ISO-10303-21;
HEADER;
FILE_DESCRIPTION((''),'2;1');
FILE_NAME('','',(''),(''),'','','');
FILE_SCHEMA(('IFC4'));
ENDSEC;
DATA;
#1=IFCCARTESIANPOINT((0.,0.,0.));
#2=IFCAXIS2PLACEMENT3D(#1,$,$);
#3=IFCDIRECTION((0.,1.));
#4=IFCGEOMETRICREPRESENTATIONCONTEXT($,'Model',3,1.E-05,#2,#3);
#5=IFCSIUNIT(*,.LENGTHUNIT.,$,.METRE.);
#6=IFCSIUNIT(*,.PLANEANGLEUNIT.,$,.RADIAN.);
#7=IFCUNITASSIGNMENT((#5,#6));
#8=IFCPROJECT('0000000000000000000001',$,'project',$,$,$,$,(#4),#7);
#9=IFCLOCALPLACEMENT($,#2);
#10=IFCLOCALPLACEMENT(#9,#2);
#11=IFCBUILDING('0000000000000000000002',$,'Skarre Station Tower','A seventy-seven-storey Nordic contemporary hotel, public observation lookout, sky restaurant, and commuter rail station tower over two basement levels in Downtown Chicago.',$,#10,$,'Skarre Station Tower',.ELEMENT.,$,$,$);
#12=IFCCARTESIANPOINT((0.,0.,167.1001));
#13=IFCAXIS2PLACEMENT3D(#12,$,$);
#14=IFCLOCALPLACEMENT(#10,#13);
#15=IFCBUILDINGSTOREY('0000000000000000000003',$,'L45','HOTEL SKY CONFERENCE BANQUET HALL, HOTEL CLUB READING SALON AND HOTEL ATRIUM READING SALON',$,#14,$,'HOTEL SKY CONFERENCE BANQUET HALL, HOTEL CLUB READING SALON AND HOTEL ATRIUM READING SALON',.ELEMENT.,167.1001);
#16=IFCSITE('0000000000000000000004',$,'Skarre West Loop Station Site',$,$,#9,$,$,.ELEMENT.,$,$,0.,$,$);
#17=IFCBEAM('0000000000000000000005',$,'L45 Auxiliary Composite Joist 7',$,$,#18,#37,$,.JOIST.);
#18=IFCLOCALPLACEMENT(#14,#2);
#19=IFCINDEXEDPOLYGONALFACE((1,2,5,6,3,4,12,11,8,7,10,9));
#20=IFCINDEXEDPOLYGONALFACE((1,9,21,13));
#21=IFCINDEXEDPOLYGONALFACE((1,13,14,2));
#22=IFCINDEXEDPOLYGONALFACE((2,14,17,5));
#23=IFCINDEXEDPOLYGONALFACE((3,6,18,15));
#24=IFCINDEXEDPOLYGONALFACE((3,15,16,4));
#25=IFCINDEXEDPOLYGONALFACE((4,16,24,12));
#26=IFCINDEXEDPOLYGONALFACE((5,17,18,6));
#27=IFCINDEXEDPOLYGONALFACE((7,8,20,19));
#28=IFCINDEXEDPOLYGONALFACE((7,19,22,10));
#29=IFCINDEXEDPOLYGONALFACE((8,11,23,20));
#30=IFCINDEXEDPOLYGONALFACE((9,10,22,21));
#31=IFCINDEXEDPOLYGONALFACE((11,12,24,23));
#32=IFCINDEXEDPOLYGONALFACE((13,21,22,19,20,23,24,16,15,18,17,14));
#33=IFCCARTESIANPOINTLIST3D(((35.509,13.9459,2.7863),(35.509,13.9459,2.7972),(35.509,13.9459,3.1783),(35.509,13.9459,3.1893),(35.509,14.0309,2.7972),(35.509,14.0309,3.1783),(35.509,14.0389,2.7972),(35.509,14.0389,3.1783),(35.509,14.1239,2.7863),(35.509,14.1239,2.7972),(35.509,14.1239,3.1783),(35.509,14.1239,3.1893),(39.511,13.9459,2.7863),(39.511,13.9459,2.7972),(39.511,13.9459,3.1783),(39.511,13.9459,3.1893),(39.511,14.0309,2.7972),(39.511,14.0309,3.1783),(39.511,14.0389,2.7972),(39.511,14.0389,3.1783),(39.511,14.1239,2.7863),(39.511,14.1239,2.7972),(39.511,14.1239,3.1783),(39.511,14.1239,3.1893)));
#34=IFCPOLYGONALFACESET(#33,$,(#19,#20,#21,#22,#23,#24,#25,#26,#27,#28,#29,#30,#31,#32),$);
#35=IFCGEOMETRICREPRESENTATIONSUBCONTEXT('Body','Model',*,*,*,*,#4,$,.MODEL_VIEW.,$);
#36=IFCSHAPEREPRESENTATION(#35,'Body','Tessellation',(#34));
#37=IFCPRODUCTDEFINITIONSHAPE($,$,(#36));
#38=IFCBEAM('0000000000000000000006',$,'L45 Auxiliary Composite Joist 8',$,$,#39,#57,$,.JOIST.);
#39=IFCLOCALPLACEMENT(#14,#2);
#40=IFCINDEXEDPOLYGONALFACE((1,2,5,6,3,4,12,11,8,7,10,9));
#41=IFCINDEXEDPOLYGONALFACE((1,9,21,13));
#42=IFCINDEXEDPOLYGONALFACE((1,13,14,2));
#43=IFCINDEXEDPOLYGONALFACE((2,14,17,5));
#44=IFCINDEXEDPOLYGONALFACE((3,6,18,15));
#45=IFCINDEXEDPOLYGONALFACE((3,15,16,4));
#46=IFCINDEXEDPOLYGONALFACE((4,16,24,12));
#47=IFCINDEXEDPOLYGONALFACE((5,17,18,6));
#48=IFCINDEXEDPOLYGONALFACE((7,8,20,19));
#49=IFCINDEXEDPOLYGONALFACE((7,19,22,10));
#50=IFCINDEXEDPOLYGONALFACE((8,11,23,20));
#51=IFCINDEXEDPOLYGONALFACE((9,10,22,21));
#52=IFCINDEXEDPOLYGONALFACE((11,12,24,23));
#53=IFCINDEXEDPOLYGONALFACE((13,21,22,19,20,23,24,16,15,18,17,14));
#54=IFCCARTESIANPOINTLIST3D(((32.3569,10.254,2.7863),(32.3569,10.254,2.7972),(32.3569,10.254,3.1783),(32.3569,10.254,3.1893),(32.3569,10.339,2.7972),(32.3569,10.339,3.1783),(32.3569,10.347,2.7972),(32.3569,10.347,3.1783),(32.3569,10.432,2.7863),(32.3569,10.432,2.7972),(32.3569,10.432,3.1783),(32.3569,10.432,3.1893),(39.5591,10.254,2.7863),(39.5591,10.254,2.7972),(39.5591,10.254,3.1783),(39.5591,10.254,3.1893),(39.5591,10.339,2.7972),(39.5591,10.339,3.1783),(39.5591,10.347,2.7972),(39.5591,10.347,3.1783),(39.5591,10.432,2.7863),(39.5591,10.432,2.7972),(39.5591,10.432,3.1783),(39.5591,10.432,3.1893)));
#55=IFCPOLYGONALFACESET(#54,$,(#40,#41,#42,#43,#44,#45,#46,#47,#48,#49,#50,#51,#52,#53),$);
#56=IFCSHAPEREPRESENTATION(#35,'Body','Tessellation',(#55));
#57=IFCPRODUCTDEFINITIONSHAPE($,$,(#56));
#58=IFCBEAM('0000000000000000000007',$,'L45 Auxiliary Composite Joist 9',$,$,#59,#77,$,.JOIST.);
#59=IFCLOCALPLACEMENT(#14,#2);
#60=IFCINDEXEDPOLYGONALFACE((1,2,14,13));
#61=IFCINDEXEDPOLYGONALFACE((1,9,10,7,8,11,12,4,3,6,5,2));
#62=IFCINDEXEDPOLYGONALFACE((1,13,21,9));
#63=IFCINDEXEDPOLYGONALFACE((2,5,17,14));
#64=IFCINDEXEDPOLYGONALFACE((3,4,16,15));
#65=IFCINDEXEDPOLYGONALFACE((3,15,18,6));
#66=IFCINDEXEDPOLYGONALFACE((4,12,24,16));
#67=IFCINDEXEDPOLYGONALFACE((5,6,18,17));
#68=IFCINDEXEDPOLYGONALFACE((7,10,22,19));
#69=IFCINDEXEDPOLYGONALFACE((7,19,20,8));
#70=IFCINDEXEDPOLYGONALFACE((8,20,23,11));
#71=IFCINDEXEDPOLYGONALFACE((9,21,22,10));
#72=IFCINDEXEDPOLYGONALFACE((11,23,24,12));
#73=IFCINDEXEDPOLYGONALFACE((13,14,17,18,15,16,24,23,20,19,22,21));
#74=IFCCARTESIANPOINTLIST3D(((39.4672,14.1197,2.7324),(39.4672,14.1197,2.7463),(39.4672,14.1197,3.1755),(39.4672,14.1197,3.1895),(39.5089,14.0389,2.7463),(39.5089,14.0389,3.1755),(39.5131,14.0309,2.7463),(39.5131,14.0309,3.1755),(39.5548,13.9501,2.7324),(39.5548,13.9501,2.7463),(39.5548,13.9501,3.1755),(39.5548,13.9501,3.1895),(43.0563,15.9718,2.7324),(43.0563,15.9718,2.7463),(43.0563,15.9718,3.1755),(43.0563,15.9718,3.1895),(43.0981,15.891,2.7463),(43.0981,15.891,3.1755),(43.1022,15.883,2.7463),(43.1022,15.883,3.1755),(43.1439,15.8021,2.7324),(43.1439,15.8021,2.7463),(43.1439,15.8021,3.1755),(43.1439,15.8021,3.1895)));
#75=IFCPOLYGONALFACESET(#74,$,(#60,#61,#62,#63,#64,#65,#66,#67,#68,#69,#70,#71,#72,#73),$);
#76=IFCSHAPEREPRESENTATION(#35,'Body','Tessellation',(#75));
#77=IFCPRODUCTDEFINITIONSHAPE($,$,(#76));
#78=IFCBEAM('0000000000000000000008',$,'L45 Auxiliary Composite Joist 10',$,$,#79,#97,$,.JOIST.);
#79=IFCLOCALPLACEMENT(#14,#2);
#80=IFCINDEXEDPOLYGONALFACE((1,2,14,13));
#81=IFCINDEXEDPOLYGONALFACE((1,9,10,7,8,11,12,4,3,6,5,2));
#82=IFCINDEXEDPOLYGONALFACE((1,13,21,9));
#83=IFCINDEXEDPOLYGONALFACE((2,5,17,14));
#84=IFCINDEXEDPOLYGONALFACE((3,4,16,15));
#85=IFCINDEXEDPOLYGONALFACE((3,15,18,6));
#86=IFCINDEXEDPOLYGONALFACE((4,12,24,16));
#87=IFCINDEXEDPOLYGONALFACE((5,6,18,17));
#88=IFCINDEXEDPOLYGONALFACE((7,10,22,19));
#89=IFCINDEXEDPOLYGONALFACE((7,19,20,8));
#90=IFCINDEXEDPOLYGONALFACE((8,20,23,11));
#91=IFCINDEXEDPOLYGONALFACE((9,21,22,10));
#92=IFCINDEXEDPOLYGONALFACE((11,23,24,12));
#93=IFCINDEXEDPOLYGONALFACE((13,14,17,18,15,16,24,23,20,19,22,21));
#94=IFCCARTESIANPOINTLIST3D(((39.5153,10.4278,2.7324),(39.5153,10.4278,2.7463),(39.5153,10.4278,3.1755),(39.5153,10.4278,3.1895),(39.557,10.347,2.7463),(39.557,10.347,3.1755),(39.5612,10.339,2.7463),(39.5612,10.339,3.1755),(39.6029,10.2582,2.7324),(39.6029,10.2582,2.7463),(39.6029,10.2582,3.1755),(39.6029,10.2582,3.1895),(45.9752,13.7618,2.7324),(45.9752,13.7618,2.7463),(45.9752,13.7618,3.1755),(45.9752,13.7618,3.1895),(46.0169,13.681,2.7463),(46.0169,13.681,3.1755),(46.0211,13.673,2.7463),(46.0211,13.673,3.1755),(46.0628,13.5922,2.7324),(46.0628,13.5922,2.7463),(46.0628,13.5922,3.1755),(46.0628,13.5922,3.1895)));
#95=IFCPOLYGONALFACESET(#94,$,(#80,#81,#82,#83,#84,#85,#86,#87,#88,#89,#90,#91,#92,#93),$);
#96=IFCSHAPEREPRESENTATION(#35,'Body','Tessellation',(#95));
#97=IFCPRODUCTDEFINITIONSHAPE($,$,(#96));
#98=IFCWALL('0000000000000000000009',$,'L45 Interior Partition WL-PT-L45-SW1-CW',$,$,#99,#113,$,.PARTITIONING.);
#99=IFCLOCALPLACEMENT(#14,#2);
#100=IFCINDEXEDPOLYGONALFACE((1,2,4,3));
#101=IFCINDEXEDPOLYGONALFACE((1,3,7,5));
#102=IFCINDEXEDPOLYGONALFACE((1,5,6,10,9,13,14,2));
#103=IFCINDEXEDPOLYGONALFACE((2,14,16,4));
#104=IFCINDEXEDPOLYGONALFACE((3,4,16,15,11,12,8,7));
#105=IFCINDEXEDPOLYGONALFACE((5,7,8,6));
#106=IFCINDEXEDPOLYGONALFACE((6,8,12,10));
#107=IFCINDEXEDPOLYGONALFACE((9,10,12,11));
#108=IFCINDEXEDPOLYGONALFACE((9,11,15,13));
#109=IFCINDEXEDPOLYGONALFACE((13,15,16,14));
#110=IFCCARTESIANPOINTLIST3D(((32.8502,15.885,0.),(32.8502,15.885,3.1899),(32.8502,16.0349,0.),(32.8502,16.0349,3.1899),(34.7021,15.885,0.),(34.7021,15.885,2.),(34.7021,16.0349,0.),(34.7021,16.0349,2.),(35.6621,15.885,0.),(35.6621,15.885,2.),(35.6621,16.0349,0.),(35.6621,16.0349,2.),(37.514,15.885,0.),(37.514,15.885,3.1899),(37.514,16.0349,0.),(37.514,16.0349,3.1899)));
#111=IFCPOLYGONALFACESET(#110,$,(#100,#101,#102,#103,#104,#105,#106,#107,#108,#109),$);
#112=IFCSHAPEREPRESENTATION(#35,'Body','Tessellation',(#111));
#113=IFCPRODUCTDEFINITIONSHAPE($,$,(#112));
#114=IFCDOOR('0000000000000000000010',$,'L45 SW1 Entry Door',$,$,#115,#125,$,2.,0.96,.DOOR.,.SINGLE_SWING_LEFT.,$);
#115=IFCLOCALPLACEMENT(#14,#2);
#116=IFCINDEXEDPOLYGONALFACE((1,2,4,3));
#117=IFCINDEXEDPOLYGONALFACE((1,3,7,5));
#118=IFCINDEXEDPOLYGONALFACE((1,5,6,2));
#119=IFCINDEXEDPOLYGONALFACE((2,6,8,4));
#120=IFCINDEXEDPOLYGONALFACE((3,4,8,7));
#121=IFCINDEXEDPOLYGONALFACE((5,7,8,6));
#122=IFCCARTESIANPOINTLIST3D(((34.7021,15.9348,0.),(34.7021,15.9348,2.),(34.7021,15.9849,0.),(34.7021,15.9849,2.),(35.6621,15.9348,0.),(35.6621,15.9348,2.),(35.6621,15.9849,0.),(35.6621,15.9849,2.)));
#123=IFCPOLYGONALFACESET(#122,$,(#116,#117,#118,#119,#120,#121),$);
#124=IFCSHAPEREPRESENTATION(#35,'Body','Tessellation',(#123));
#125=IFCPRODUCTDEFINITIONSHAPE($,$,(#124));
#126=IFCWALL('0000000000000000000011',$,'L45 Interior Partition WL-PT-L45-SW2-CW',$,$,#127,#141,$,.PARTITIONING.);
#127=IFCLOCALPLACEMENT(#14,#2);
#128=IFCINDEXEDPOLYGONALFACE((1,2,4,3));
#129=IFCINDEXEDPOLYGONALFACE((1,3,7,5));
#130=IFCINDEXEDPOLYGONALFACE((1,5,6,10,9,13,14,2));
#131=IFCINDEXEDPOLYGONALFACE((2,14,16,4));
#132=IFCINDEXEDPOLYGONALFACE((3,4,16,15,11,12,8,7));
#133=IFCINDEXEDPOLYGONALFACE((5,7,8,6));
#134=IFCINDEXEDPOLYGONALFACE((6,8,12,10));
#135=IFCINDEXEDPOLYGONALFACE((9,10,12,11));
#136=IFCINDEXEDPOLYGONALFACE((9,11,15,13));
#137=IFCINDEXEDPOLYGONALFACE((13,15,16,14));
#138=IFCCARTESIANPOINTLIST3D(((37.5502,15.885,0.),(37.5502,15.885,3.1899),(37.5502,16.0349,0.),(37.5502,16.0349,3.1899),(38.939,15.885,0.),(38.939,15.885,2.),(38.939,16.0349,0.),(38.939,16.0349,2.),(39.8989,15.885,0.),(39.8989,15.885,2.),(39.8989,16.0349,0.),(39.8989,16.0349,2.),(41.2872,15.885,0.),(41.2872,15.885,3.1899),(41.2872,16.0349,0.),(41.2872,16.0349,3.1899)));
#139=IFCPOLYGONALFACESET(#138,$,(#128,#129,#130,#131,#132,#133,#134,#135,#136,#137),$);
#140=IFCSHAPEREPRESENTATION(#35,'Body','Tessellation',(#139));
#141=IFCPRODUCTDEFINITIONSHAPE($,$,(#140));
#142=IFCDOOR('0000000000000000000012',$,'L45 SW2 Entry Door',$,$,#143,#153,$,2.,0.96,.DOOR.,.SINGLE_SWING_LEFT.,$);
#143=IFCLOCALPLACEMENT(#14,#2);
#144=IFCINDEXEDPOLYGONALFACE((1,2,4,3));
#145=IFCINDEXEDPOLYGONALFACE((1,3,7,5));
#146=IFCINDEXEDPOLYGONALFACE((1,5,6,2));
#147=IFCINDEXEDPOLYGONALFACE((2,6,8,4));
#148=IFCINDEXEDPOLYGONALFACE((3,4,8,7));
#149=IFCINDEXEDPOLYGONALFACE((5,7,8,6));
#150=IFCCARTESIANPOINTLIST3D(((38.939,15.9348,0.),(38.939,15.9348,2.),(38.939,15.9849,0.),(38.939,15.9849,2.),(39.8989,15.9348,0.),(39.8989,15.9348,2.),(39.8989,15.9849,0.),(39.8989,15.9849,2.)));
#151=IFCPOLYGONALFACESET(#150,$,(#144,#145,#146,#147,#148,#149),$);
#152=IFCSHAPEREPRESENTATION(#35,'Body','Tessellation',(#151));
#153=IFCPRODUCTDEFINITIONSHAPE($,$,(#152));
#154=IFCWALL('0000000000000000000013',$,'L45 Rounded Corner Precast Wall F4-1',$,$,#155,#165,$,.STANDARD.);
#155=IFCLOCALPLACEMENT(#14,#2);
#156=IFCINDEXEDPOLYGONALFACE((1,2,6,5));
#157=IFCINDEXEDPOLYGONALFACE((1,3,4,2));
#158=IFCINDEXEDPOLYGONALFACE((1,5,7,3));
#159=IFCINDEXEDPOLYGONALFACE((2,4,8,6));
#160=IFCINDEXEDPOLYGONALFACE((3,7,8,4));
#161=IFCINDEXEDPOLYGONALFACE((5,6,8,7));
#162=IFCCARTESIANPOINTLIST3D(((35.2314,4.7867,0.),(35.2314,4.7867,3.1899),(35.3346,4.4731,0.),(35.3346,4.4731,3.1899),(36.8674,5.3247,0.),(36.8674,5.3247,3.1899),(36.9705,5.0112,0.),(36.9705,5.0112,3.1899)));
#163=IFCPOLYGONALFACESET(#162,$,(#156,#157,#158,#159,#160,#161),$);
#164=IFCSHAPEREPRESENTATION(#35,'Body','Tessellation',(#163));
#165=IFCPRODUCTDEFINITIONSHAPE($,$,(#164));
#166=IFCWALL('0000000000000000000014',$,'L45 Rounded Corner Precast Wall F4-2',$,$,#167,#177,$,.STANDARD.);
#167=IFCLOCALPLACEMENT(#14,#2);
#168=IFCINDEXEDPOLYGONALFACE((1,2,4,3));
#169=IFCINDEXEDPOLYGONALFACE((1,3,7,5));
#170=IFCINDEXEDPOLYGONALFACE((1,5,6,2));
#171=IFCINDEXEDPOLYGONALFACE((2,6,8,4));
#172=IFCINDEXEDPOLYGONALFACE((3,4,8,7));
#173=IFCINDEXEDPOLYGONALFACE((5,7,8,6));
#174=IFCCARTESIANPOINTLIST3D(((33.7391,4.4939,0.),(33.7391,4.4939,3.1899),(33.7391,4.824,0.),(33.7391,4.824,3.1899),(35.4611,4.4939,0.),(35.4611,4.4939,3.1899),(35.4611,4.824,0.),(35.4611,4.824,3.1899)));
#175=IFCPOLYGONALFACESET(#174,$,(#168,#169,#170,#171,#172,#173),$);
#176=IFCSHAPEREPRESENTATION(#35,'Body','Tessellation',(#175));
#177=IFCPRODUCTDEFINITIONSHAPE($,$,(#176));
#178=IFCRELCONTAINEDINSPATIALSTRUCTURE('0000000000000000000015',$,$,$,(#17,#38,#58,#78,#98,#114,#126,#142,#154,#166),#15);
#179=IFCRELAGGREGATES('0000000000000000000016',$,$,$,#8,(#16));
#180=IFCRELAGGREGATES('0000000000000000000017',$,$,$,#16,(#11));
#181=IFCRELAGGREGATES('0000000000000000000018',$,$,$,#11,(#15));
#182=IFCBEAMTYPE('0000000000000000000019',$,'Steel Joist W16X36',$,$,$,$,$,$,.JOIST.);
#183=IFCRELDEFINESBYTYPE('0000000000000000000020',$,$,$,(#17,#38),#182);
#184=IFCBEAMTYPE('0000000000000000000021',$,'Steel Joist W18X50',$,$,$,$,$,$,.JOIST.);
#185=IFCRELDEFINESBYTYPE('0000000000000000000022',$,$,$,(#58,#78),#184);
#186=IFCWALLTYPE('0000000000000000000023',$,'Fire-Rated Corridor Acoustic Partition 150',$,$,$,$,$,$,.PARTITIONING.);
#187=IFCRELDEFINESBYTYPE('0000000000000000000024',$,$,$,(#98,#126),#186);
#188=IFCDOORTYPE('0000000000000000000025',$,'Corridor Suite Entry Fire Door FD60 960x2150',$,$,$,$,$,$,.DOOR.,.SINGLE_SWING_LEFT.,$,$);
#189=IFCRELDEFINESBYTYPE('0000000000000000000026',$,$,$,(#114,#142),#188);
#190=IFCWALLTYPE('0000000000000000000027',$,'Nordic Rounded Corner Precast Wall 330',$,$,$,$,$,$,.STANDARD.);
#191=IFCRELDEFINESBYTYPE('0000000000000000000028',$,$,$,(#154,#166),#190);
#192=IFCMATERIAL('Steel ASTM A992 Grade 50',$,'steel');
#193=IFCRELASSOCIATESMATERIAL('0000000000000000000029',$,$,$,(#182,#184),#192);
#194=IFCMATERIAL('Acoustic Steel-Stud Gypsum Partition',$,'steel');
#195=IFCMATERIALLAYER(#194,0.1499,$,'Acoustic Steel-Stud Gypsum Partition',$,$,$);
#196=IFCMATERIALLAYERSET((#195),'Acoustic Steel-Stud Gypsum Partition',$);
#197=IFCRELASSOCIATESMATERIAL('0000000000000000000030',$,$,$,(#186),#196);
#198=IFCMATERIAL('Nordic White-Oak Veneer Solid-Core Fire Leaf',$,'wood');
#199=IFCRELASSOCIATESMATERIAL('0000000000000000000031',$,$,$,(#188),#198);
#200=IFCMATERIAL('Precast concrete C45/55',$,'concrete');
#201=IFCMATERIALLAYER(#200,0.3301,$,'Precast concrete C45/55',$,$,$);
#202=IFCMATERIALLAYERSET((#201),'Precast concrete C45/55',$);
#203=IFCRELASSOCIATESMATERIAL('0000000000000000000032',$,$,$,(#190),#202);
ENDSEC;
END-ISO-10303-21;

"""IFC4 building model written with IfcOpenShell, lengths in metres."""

from ifc_helpers import new_model, si_unit, direction, frame, frame_2d, origin, origin_2d, place, context, subcontext, project, spatial, rectangle, i_section, extrude, material, layer, layer_set, material_profile, profile_set, type_object, element, fill, save


model = new_model("IFC4")

# Units and contexts
model_context = context("Model", 3, precision=1e-05, world=origin(), true_north=direction((0.0, 1.0)))
body_context = subcontext(model_context, "Body", "Model", "MODEL_VIEW")
ifc_project = project(units=[si_unit("LENGTHUNIT", "METRE"), si_unit("PLANEANGLEUNIT", "RADIAN")], contexts=[model_context])

# Site, building, storey
site_placement = place(None, origin())
site = spatial("IfcSite", under=ifc_project, at=site_placement, Name="Skarre West Loop Station Site", CompositionType="ELEMENT", RefElevation=0.0)
building_placement = place(site_placement, origin())
building = spatial("IfcBuilding", under=site, at=building_placement, Name="Skarre Station Tower", Description="A seventy-seven-storey Nordic contemporary hotel, public observation lookout, sky restaurant, and commuter rail station tower over two basement levels in Downtown Chicago.", LongName="Skarre Station Tower", CompositionType="ELEMENT")
storey_placement = place(building_placement, frame((0.0, 0.0, 167.1001)))
storey = spatial("IfcBuildingStorey", under=building, at=storey_placement, Name="L45", Description="HOTEL SKY CONFERENCE BANQUET HALL, HOTEL CLUB READING SALON AND HOTEL ATRIUM READING SALON", LongName="HOTEL SKY CONFERENCE BANQUET HALL, HOTEL CLUB READING SALON AND HOTEL ATRIUM READING SALON", CompositionType="ELEMENT", Elevation=167.1001)

# Beams
ifc_material_1 = material(Name="Steel ASTM A992 Grade 50", Category="steel")
ifc_material_profile_1 = material_profile(ifc_material_1, i_section(OverallWidth=0.178, OverallDepth=0.4031, WebThickness=0.0081, FlangeThickness=0.011, at=origin_2d()), Name="Steel ASTM A992 Grade 50")
ifc_profile_set_1 = profile_set([ifc_material_profile_1], Name="Steel ASTM A992 Grade 50")
beam_type_1 = type_object("IfcBeamType", Name="Steel Joist W16X36", PredefinedType="JOIST", material=ifc_profile_set_1)
beam_1_placement = place(storey_placement, frame((35.509, 14.0349, 2.9878), z_axis=(1.0, 0.0, 0.0), x_axis=(0.0, 1.0, 0.0)))
element("IfcBeam", 1, at=beam_1_placement, inside=storey, type_object=beam_type_1, Name="L45 Auxiliary Composite Joist 7", PredefinedType="JOIST", context=body_context, shape_type="SweptSolid", body=[
    extrude(i_section(OverallWidth=0.178, OverallDepth=0.4031, WebThickness=0.0081, FlangeThickness=0.011, at=origin_2d()), origin(), (0.0, 0.0, 1.0), 4.002),
])
beam_2_placement = place(storey_placement, frame((32.3569, 10.343, 2.9878), z_axis=(1.0, 0.0, 0.0), x_axis=(0.0, 1.0, 0.0)))
element("IfcBeam", 2, at=beam_2_placement, inside=storey, type_object=beam_type_1, Name="L45 Auxiliary Composite Joist 8", PredefinedType="JOIST", context=body_context, shape_type="SweptSolid", body=[
    extrude(i_section(OverallWidth=0.178, OverallDepth=0.4031, WebThickness=0.0081, FlangeThickness=0.011, at=origin_2d()), origin(), (0.0, 0.0, 1.0), 7.2021),
])
ifc_material_profile_2 = material_profile(ifc_material_1, i_section(OverallWidth=0.1909, OverallDepth=0.457, WebThickness=0.009, FlangeThickness=0.0139, at=origin_2d()), Name="Steel ASTM A992 Grade 50")
ifc_profile_set_2 = profile_set([ifc_material_profile_2], Name="Steel ASTM A992 Grade 50")
beam_type_2 = type_object("IfcBeamType", Name="Steel Joist W18X50", PredefinedType="JOIST", material=ifc_profile_set_2)
beam_3_placement = place(storey_placement, frame((39.511, 14.0349, 2.9609), z_axis=(0.88866, 0.458566, 0.0), x_axis=(-0.458566, 0.88866, 0.0)))
element("IfcBeam", 3, at=beam_3_placement, inside=storey, type_object=beam_type_2, Name="L45 Auxiliary Composite Joist 9", PredefinedType="JOIST", context=body_context, shape_type="SweptSolid", body=[
    extrude(i_section(OverallWidth=0.1909, OverallDepth=0.457, WebThickness=0.009, FlangeThickness=0.0139, at=origin_2d()), origin(), (0.0, 0.0, 1.0), 4.0388),
])
beam_4_placement = place(storey_placement, frame((39.5591, 10.343, 2.9609), z_axis=(0.888631, 0.458622, 0.0), x_axis=(-0.458622, 0.888631, 0.0)))
element("IfcBeam", 4, at=beam_4_placement, inside=storey, type_object=beam_type_2, Name="L45 Auxiliary Composite Joist 10", PredefinedType="JOIST", context=body_context, shape_type="SweptSolid", body=[
    extrude(i_section(OverallWidth=0.1909, OverallDepth=0.457, WebThickness=0.009, FlangeThickness=0.0139, at=origin_2d()), origin(), (0.0, 0.0, 1.0), 7.2695),
])

# Walls, openings, doors
ifc_material_2 = material(Name="Acoustic Steel-Stud Gypsum Partition", Category="steel")
ifc_layer_1 = layer(ifc_material_2, 0.1499, Name="Acoustic Steel-Stud Gypsum Partition")
ifc_layer_set_1 = layer_set([ifc_layer_1], Name="Acoustic Steel-Stud Gypsum Partition")
wall_type_1 = type_object("IfcWallType", Name="Fire-Rated Corridor Acoustic Partition 150", PredefinedType="PARTITIONING", material=ifc_layer_set_1)
wall_1_placement = place(storey_placement, frame((32.8501, 15.96, 0.0), z_axis=(0.0, 0.0, 1.0), x_axis=(1.0, 0.0, 0.0)))
wall_1 = element("IfcWall", 5, at=wall_1_placement, inside=storey, type_object=wall_type_1, Name="L45 Interior Partition WL-PT-L45-SW1-CW", PredefinedType="PARTITIONING", context=body_context, shape_type="SweptSolid", body=[
    extrude(rectangle(XDim=4.6638, YDim=0.1499, at=frame_2d((2.332, 0.0))), origin(), (0.0, 0.0, 1.0), 3.1899),
])
opening_1_placement = place(wall_1_placement, frame((1.8521, 0.0, 0.0)))
opening_1 = element("IfcOpeningElement", 6, at=opening_1_placement, cuts=wall_1, PredefinedType="OPENING", context=body_context, shape_type="SweptSolid", body=[
    extrude(rectangle(XDim=0.96, YDim=2.0, at=frame_2d((0.48, 1.0))), frame((0.0, 0.085, 0.0), z_axis=(0.0, -1.0, 0.0), x_axis=(1.0, 0.0, 0.0)), (0.0, 0.0, 1.0), 0.1699),
])
ifc_material_3 = material(Name="Nordic White-Oak Veneer Solid-Core Fire Leaf", Category="wood")
door_type_1 = type_object("IfcDoorType", Name="Corridor Suite Entry Fire Door FD60 960x2150", OperationType="SINGLE_SWING_LEFT", PredefinedType="DOOR", material=ifc_material_3)
door_1_placement = place(opening_1_placement, origin())
door_1 = element("IfcDoor", 7, at=door_1_placement, inside=storey, type_object=door_type_1, Name="L45 SW1 Entry Door", OperationType="SINGLE_SWING_LEFT", OverallHeight=2.0, OverallWidth=0.96, PredefinedType="DOOR", context=body_context, shape_type="SweptSolid", body=[
    extrude(rectangle(XDim=0.96, YDim=2.0, at=frame_2d((0.48, 1.0))), frame((0.0, 0.0249, 0.0), z_axis=(0.0, -1.0, 0.0), x_axis=(1.0, 0.0, 0.0)), (0.0, 0.0, 1.0), 0.05),
])
fill(opening_1, door_1)
wall_2_placement = place(storey_placement, frame((37.55, 15.96, 0.0), z_axis=(0.0, 0.0, 1.0), x_axis=(1.0, 0.0, 0.0)))
wall_2 = element("IfcWall", 8, at=wall_2_placement, inside=storey, type_object=wall_type_1, Name="L45 Interior Partition WL-PT-L45-SW2-CW", PredefinedType="PARTITIONING", context=body_context, shape_type="SweptSolid", body=[
    extrude(rectangle(XDim=3.7371, YDim=0.1499, at=frame_2d((1.8687, 0.0))), origin(), (0.0, 0.0, 1.0), 3.1899),
])
opening_2_placement = place(wall_2_placement, frame((1.3889, 0.0, 0.0)))
opening_2 = element("IfcOpeningElement", 9, at=opening_2_placement, cuts=wall_2, PredefinedType="OPENING", context=body_context, shape_type="SweptSolid", body=[
    extrude(rectangle(XDim=0.96, YDim=2.0, at=frame_2d((0.48, 1.0))), frame((0.0, 0.085, 0.0), z_axis=(0.0, -1.0, 0.0), x_axis=(1.0, 0.0, 0.0)), (0.0, 0.0, 1.0), 0.1699),
])
door_2_placement = place(opening_2_placement, origin())
door_2 = element("IfcDoor", 10, at=door_2_placement, inside=storey, type_object=door_type_1, Name="L45 SW2 Entry Door", OperationType="SINGLE_SWING_LEFT", OverallHeight=2.0, OverallWidth=0.96, PredefinedType="DOOR", context=body_context, shape_type="SweptSolid", body=[
    extrude(rectangle(XDim=0.96, YDim=2.0, at=frame_2d((0.48, 1.0))), frame((0.0, 0.0249, 0.0), z_axis=(0.0, -1.0, 0.0), x_axis=(1.0, 0.0, 0.0)), (0.0, 0.0, 1.0), 0.05),
])
fill(opening_2, door_2)

# Walls
ifc_material_4 = material(Name="Precast concrete C45/55", Category="concrete")
ifc_layer_2 = layer(ifc_material_4, 0.3301, Name="Precast concrete C45/55")
ifc_layer_set_2 = layer_set([ifc_layer_2], Name="Precast concrete C45/55")
wall_type_2 = type_object("IfcWallType", Name="Nordic Rounded Corner Precast Wall 330", PredefinedType="STANDARD", material=ifc_layer_set_2)
wall_3_placement = place(storey_placement, frame((36.9189, 5.168, 0.0), z_axis=(0.0, 0.0, 1.0), x_axis=(-0.949937, -0.31244, 0.0)))
element("IfcWall", 11, at=wall_3_placement, inside=storey, type_object=wall_type_2, Name="L45 Rounded Corner Precast Wall F4-1", PredefinedType="STANDARD", context=body_context, shape_type="SweptSolid", body=[
    extrude(rectangle(XDim=1.7222, YDim=0.3301, at=frame_2d((0.8611, 0.0))), origin(), (0.0, 0.0, 1.0), 3.1899),
])
wall_4_placement = place(storey_placement, frame((35.4609, 4.6589, 0.0), z_axis=(0.0, 0.0, 1.0), x_axis=(-1.0, 0.0, 0.0)))
element("IfcWall", 12, at=wall_4_placement, inside=storey, type_object=wall_type_2, Name="L45 Rounded Corner Precast Wall F4-2", PredefinedType="STANDARD", context=body_context, shape_type="SweptSolid", body=[
    extrude(rectangle(XDim=1.7219, YDim=0.3301, at=frame_2d((0.8608, 0.0))), origin(), (0.0, 0.0, 1.0), 3.1899),
])

save(model, "model.ifc")
